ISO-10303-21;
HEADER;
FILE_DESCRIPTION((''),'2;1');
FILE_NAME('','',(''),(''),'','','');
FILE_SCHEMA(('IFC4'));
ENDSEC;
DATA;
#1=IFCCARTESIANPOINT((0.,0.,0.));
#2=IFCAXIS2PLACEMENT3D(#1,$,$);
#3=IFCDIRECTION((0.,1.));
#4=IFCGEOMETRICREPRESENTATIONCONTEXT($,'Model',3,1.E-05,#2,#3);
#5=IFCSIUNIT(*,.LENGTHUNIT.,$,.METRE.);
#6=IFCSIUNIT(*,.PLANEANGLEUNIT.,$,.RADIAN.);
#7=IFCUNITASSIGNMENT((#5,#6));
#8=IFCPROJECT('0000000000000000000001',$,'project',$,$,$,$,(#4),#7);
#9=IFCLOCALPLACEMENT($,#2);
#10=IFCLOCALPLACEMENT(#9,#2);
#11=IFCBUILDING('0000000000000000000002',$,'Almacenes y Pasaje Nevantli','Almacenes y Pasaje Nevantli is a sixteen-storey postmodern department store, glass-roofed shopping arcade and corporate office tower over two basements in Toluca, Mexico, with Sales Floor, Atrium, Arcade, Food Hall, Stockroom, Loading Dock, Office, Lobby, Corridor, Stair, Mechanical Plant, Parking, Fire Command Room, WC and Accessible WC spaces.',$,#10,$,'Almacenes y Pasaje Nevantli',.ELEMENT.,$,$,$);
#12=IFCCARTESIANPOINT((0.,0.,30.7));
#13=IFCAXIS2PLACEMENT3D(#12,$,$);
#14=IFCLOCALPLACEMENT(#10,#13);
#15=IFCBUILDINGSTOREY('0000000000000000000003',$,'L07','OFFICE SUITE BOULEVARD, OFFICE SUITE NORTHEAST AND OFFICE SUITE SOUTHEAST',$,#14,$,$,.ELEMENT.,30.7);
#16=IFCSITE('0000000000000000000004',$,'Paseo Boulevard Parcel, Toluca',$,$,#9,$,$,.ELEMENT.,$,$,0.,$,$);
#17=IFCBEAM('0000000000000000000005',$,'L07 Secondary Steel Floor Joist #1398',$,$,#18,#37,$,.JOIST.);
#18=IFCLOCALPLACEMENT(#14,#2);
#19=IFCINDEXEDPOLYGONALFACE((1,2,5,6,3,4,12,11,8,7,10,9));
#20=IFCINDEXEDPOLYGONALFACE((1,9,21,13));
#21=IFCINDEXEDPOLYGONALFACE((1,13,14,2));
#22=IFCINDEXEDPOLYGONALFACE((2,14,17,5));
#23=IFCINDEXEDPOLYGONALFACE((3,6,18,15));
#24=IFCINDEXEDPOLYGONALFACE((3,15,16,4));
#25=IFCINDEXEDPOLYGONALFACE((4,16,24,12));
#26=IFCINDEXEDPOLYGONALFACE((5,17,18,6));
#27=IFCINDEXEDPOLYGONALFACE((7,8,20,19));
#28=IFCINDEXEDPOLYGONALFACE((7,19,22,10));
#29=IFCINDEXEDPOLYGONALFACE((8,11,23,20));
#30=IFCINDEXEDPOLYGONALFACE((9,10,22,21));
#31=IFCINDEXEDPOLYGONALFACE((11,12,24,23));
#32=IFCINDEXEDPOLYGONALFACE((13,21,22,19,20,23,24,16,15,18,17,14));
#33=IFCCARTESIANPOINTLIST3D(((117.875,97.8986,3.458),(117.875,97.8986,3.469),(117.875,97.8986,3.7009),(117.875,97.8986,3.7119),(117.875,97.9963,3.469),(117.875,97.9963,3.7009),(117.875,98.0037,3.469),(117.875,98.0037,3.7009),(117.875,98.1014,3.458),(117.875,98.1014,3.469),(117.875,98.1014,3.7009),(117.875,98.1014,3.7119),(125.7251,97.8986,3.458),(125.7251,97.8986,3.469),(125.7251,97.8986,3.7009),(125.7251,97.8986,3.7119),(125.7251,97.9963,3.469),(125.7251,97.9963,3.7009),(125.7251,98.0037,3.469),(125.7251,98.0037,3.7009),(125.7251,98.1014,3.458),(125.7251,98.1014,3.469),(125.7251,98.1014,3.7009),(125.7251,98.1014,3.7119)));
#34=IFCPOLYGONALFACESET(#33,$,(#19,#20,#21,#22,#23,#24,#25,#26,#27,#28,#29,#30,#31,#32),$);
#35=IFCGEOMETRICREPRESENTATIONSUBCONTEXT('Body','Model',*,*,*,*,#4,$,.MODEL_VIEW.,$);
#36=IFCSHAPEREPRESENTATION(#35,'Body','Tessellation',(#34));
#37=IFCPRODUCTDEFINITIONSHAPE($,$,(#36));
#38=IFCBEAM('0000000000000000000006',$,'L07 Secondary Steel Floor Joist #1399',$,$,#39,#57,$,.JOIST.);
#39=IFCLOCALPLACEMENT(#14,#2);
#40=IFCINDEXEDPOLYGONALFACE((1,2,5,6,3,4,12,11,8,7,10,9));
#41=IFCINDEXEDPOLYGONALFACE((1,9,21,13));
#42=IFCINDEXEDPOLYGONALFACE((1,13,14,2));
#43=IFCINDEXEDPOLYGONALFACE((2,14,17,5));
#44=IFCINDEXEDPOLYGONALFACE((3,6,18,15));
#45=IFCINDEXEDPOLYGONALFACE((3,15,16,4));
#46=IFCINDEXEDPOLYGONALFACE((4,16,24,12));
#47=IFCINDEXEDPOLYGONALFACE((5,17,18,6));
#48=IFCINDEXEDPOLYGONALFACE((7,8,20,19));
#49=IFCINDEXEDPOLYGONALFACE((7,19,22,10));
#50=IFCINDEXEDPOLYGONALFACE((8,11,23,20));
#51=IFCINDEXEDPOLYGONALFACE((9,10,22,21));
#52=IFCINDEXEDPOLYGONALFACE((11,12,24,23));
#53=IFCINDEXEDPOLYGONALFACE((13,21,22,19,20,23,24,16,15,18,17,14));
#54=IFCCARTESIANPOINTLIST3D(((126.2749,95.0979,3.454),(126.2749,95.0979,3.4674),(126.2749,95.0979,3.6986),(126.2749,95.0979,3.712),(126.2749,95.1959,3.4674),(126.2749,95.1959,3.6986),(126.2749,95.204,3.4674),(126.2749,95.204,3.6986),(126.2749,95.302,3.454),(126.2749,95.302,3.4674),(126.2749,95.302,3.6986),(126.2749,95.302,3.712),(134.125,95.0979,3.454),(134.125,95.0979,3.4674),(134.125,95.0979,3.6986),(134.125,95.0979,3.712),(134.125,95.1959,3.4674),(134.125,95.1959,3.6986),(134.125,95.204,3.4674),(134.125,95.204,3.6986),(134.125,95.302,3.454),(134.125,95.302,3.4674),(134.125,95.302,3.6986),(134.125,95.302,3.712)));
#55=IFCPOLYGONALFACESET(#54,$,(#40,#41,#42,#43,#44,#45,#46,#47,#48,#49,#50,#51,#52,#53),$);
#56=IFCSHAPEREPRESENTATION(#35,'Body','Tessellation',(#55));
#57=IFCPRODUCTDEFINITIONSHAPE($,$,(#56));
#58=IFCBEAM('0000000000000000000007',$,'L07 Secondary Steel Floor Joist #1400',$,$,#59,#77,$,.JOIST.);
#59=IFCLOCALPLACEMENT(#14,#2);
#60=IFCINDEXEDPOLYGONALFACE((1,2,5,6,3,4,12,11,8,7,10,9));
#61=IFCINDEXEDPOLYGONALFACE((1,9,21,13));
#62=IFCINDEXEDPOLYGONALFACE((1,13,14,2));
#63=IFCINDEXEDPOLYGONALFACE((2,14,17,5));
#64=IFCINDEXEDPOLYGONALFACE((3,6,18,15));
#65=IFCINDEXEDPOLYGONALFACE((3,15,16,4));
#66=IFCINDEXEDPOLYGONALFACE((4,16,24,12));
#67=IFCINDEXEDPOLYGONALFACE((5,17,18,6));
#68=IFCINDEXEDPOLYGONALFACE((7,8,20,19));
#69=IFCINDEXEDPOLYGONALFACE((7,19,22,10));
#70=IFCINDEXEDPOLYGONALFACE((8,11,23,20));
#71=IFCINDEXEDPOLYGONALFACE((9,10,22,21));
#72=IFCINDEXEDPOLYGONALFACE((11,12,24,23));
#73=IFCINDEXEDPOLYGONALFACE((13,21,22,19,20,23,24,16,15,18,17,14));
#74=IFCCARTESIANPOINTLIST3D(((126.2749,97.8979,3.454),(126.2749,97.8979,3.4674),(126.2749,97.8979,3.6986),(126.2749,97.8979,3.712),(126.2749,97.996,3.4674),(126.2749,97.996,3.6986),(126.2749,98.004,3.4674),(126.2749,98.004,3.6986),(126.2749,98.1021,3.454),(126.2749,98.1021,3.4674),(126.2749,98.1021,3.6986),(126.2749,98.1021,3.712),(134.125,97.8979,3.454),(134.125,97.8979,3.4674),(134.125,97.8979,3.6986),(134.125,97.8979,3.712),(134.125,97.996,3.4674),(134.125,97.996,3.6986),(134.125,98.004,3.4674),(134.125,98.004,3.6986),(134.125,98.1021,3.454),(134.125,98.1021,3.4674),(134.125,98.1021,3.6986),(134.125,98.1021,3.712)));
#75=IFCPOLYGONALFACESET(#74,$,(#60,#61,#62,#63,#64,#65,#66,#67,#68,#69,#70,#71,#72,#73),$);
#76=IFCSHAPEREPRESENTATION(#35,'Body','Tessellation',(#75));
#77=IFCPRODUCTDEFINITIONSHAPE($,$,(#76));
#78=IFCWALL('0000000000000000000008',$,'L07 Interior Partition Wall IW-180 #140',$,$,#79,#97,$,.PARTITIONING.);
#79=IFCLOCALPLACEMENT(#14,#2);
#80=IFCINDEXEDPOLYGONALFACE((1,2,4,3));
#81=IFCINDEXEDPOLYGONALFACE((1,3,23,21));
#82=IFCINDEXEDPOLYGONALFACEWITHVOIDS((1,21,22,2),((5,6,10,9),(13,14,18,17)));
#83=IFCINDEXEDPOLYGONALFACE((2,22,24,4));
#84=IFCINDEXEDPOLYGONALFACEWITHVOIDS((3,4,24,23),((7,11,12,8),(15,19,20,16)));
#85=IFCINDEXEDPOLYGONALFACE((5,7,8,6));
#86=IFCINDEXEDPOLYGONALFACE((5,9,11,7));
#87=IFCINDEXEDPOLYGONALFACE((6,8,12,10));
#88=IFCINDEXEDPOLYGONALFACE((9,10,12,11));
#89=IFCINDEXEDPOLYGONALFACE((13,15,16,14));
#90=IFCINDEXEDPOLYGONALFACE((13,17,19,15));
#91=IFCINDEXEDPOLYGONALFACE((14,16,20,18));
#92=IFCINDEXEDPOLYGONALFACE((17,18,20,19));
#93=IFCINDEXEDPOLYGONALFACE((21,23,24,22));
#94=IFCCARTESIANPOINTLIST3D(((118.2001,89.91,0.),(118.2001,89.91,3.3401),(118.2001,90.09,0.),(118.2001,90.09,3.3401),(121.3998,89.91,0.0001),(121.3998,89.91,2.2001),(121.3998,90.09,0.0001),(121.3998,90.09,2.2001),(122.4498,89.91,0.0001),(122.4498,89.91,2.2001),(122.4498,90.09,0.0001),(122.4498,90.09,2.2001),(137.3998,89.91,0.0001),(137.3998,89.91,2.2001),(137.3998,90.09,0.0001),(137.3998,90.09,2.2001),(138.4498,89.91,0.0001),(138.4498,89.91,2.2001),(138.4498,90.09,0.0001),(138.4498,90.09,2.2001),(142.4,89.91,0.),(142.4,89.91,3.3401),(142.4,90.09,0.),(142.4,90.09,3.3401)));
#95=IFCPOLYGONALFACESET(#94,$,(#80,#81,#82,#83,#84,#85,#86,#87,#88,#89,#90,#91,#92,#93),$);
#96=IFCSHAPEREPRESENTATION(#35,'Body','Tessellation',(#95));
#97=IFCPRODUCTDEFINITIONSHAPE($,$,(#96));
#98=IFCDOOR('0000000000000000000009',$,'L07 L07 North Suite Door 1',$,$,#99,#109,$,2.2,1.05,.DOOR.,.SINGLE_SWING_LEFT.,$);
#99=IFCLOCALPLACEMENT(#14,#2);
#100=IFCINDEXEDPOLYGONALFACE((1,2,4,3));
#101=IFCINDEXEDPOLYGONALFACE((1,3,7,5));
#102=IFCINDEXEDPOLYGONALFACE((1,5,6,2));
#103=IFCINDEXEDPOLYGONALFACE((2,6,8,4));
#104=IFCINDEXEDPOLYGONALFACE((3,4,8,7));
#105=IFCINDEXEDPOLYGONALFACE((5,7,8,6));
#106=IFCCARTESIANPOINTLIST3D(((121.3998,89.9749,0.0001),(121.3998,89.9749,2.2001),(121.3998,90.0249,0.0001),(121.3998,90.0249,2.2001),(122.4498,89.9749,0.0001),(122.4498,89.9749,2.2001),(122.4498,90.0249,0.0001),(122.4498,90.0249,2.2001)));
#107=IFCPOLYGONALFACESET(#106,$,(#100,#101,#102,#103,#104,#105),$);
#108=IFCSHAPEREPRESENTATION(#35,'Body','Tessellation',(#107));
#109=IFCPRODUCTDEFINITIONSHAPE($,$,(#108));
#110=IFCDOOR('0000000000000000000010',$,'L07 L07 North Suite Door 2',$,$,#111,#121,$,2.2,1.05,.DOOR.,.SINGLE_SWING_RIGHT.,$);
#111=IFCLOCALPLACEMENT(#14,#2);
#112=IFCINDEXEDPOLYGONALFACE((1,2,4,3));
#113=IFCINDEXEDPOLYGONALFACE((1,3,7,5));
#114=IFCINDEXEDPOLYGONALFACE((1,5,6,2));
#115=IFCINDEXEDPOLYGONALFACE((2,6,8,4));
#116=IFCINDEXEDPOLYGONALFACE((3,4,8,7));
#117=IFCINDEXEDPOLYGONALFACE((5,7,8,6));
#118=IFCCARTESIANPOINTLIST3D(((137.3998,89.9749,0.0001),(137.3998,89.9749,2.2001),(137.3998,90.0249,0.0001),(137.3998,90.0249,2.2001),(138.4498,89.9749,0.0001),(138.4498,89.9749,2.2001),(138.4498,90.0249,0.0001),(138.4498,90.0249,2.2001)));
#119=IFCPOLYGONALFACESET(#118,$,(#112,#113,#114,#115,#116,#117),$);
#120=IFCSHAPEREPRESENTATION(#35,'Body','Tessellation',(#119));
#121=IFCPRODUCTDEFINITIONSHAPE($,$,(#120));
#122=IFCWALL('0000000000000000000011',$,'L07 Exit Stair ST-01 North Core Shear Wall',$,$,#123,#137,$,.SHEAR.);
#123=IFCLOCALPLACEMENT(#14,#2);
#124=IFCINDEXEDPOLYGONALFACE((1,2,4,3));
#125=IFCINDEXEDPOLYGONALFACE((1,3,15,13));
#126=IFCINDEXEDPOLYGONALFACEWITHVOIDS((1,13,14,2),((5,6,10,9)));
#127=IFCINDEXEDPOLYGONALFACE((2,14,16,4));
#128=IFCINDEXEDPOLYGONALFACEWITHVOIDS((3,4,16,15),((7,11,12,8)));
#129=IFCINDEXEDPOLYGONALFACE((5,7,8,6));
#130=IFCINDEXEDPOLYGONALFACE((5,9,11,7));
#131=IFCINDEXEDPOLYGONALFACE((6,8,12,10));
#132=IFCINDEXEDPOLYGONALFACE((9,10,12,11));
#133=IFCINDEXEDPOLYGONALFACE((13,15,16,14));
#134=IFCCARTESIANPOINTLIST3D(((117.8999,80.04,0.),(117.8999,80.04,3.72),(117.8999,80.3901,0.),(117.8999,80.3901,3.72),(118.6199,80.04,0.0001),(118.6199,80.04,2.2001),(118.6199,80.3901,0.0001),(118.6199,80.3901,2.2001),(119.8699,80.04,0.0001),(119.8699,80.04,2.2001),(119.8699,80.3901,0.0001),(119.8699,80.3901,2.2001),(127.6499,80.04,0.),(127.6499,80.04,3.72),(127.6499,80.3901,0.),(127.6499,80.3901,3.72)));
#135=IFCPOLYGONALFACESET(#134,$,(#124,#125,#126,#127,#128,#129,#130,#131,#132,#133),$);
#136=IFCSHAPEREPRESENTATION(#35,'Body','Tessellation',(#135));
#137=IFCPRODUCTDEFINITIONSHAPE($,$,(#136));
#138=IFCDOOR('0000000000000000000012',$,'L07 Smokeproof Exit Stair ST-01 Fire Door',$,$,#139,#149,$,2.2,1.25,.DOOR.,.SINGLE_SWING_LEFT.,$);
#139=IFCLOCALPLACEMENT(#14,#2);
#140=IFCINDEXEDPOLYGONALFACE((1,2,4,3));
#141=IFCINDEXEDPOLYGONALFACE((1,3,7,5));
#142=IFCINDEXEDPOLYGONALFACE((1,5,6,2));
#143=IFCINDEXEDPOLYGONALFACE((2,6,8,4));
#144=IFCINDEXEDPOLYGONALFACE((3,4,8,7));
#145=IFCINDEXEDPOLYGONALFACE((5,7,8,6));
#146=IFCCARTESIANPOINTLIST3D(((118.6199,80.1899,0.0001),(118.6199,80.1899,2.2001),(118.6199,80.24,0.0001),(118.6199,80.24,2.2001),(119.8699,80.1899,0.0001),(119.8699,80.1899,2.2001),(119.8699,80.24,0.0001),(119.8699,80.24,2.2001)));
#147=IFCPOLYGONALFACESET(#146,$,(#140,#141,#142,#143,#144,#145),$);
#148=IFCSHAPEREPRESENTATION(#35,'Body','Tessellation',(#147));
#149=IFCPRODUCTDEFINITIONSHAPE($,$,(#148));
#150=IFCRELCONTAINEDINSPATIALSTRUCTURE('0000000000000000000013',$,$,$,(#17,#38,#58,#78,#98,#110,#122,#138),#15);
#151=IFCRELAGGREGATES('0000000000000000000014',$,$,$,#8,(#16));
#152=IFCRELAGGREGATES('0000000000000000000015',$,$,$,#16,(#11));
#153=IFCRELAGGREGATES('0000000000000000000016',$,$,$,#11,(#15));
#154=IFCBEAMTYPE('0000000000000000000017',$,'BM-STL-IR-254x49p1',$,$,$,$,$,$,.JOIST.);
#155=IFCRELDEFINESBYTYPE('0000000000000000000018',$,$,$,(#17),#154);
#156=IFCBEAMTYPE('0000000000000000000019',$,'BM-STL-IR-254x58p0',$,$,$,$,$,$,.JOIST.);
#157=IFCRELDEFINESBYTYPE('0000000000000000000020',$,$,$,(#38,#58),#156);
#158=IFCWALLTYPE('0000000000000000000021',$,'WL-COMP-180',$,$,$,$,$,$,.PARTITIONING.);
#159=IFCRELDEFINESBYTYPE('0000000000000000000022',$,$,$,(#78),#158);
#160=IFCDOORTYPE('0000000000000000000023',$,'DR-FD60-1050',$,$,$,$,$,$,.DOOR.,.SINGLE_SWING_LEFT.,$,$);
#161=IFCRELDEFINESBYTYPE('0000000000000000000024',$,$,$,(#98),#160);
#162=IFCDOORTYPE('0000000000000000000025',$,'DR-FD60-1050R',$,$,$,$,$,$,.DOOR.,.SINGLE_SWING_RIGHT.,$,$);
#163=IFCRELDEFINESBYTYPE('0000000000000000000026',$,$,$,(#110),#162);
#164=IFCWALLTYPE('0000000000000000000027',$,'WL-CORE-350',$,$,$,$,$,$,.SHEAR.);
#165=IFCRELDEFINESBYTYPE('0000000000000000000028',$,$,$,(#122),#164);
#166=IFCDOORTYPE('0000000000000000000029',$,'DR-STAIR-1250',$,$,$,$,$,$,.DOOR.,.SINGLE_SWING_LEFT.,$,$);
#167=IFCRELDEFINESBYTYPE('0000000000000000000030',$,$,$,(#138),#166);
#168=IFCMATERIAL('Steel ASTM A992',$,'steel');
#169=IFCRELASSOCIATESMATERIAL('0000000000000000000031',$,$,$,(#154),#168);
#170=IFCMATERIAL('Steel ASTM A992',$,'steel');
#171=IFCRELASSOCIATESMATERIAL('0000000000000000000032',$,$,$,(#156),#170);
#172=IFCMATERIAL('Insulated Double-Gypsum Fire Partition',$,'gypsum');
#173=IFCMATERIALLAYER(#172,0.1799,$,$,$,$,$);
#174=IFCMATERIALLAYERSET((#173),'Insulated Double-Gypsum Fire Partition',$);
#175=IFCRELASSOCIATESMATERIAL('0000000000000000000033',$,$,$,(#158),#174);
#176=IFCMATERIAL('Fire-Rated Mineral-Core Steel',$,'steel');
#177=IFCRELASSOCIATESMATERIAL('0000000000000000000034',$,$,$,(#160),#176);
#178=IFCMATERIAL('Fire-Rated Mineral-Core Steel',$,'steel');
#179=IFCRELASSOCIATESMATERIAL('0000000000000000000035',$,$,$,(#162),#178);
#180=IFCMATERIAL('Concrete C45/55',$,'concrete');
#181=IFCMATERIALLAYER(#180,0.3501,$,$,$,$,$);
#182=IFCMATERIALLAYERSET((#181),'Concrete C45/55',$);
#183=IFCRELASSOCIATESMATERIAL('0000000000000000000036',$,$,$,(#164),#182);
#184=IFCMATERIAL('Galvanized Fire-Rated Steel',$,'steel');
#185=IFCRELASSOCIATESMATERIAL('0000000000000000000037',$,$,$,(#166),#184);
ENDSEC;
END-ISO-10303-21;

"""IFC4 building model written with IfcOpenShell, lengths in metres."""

from ifc_helpers import new_model, si_unit, direction, frame, frame_2d, origin, origin_2d, place, context, subcontext, project, spatial, rectangle, i_section, extrude, material, layer, layer_set, material_profile, profile_set, type_object, element, fill, save


model = new_model("IFC4")

# Units and contexts
model_context = context("Model", 3, precision=1e-05, world=origin(), true_north=direction((0.0, 1.0)))
body_context = subcontext(model_context, "Body", "Model", "MODEL_VIEW")
ifc_project = project(units=[si_unit("LENGTHUNIT", "METRE"), si_unit("PLANEANGLEUNIT", "RADIAN")], contexts=[model_context])

# Site, building, storey
site_placement = place(None, origin())
site = spatial("IfcSite", under=ifc_project, at=site_placement, Name="Paseo Boulevard Parcel, Toluca", CompositionType="ELEMENT", RefElevation=0.0)
building_placement = place(site_placement, origin())
building = spatial("IfcBuilding", under=site, at=building_placement, Name="Almacenes y Pasaje Nevantli", Description="Almacenes y Pasaje Nevantli is a sixteen-storey postmodern department store, glass-roofed shopping arcade and corporate office tower over two basements in Toluca, Mexico, with Sales Floor, Atrium, Arcade, Food Hall, Stockroom, Loading Dock, Office, Lobby, Corridor, Stair, Mechanical Plant, Parking, Fire Command Room, WC and Accessible WC spaces.", LongName="Almacenes y Pasaje Nevantli", CompositionType="ELEMENT")
storey_placement = place(building_placement, frame((0.0, 0.0, 30.7)))
storey = spatial("IfcBuildingStorey", under=building, at=storey_placement, Name="L07", Description="OFFICE SUITE BOULEVARD, OFFICE SUITE NORTHEAST AND OFFICE SUITE SOUTHEAST", CompositionType="ELEMENT", Elevation=30.7)

# Beams
ifc_material_1 = material(Name="Steel ASTM A992", Category="steel")
ifc_material_profile_1 = material_profile(ifc_material_1, i_section(OverallWidth=0.2029, OverallDepth=0.2539, WebThickness=0.0073, FlangeThickness=0.011, at=origin_2d()), Name="IR 254x49.1")
ifc_profile_set_1 = profile_set([ifc_material_profile_1], Name="Steel ASTM A992")
beam_type_1 = type_object("IfcBeamType", Name="BM-STL-IR-254x49p1", PredefinedType="JOIST", material=ifc_profile_set_1)
for number, where, z_axis, x_axis, name in (
    (1, (117.875, 98.0, 3.585), (1.0, 0.0, 0.0), (0.0, 1.0, 0.0), "L07 Secondary Steel Floor Joist #1398"),
):
    element("IfcBeam", number, at=place(storey_placement, frame(where, z_axis=z_axis, x_axis=x_axis)), inside=storey, type_object=beam_type_1, Name=name, PredefinedType="JOIST", context=body_context, shape_type="SweptSolid", body=[
        extrude(i_section(OverallWidth=0.2029, OverallDepth=0.2539, WebThickness=0.0073, FlangeThickness=0.011, at=origin_2d()), origin(), (0.0, 0.0, 1.0), 7.8501),
    ])
ifc_material_2 = material(Name="Steel ASTM A992", Category="steel")
ifc_material_profile_2 = material_profile(ifc_material_2, i_section(OverallWidth=0.2041, OverallDepth=0.2581, WebThickness=0.0081, FlangeThickness=0.0134, at=origin_2d()), Name="IR 254x58.0")
ifc_profile_set_2 = profile_set([ifc_material_profile_2], Name="Steel ASTM A992")
beam_type_2 = type_object("IfcBeamType", Name="BM-STL-IR-254x58p0", PredefinedType="JOIST", material=ifc_profile_set_2)
for number, where, z_axis, x_axis, name in (
    (2, (126.2749, 95.2, 3.583), (1.0, 0.0, 0.0), (0.0, 1.0, 0.0), "L07 Secondary Steel Floor Joist #1399"),
    (3, (126.2749, 98.0, 3.583), (1.0, 0.0, 0.0), (0.0, 1.0, 0.0), "L07 Secondary Steel Floor Joist #1400"),
):
    element("IfcBeam", number, at=place(storey_placement, frame(where, z_axis=z_axis, x_axis=x_axis)), inside=storey, type_object=beam_type_2, Name=name, PredefinedType="JOIST", context=body_context, shape_type="SweptSolid", body=[
        extrude(i_section(OverallWidth=0.2041, OverallDepth=0.2581, WebThickness=0.0081, FlangeThickness=0.0134, at=origin_2d()), origin(), (0.0, 0.0, 1.0), 7.8501),
    ])

# Wall, openings, doors
ifc_material_3 = material(Name="Insulated Double-Gypsum Fire Partition", Category="gypsum")
ifc_layer_1 = layer(ifc_material_3, 0.1799)
ifc_layer_set_1 = layer_set([ifc_layer_1], Name="Insulated Double-Gypsum Fire Partition")
wall_type_1 = type_object("IfcWallType", Name="WL-COMP-180", PredefinedType="PARTITIONING", material=ifc_layer_set_1)
wall_1_placement = place(storey_placement, frame((118.2, 90.0, 0.0), z_axis=(0.0, 0.0, 1.0), x_axis=(1.0, 0.0, 0.0)))
wall_1 = element("IfcWall", 4, at=wall_1_placement, inside=storey, type_object=wall_type_1, Name="L07 Interior Partition Wall IW-180 #140", PredefinedType="PARTITIONING", context=body_context, shape_type="SweptSolid", body=[
    extrude(rectangle(XDim=24.2, YDim=0.1799, at=frame_2d((12.1001, 0.0))), origin(), (0.0, 0.0, 1.0), 3.3401),
])
opening_1_placement = place(wall_1_placement, frame((3.2, 0.0, 0.0)))
opening_1 = element("IfcOpeningElement", 5, at=opening_1_placement, cuts=wall_1, PredefinedType="OPENING", context=body_context, shape_type="SweptSolid", body=[
    extrude(rectangle(XDim=1.05, YDim=2.2, at=frame_2d((0.5249, 1.1001))), frame((0.0, 0.0999, 0.0), z_axis=(0.0, -1.0, 0.0), x_axis=(1.0, 0.0, 0.0)), (0.0, 0.0, 1.0), 0.2),
])
opening_2_placement = place(wall_1_placement, frame((19.2, 0.0, 0.0)))
opening_2 = element("IfcOpeningElement", 6, at=opening_2_placement, cuts=wall_1, PredefinedType="OPENING", context=body_context, shape_type="SweptSolid", body=[
    extrude(rectangle(XDim=1.05, YDim=2.2, at=frame_2d((0.5249, 1.1001))), frame((0.0, 0.0999, 0.0), z_axis=(0.0, -1.0, 0.0), x_axis=(1.0, 0.0, 0.0)), (0.0, 0.0, 1.0), 0.2),
])
ifc_material_4 = material(Name="Fire-Rated Mineral-Core Steel", Category="steel")
door_type_1 = type_object("IfcDoorType", Name="DR-FD60-1050", OperationType="SINGLE_SWING_LEFT", PredefinedType="DOOR", material=ifc_material_4)
door_1_placement = place(opening_1_placement, origin())
door_1 = element("IfcDoor", 7, at=door_1_placement, inside=storey, type_object=door_type_1, Name="L07 L07 North Suite Door 1", OperationType="SINGLE_SWING_LEFT", OverallHeight=2.2, OverallWidth=1.05, PredefinedType="DOOR", context=body_context, shape_type="SweptSolid", body=[
    extrude(rectangle(XDim=1.05, YDim=2.2, at=frame_2d((0.5249, 1.1001))), frame((0.0, 0.0249, 0.0), z_axis=(0.0, -1.0, 0.0), x_axis=(1.0, 0.0, 0.0)), (0.0, 0.0, 1.0), 0.05),
])
fill(opening_1, door_1)
ifc_material_5 = material(Name="Fire-Rated Mineral-Core Steel", Category="steel")
door_type_2 = type_object("IfcDoorType", Name="DR-FD60-1050R", OperationType="SINGLE_SWING_RIGHT", PredefinedType="DOOR", material=ifc_material_5)
door_2_placement = place(opening_2_placement, origin())
door_2 = element("IfcDoor", 8, at=door_2_placement, inside=storey, type_object=door_type_2, Name="L07 L07 North Suite Door 2", OperationType="SINGLE_SWING_RIGHT", OverallHeight=2.2, OverallWidth=1.05, PredefinedType="DOOR", context=body_context, shape_type="SweptSolid", body=[
    extrude(rectangle(XDim=1.05, YDim=2.2, at=frame_2d((0.5249, 1.1001))), frame((0.0, 0.0249, 0.0), z_axis=(0.0, -1.0, 0.0), x_axis=(1.0, 0.0, 0.0)), (0.0, 0.0, 1.0), 0.05),
])
fill(opening_2, door_2)

# Wall, opening, door
ifc_material_6 = material(Name="Concrete C45/55", Category="concrete")
ifc_layer_2 = layer(ifc_material_6, 0.3501)
ifc_layer_set_2 = layer_set([ifc_layer_2], Name="Concrete C45/55")
wall_type_2 = type_object("IfcWallType", Name="WL-CORE-350", PredefinedType="SHEAR", material=ifc_layer_set_2)
wall_2_placement = place(storey_placement, frame((117.8999, 80.2151, 0.0), z_axis=(0.0, 0.0, 1.0), x_axis=(1.0, 0.0, 0.0)))
wall_2 = element("IfcWall", 9, at=wall_2_placement, inside=storey, type_object=wall_type_2, Name="L07 Exit Stair ST-01 North Core Shear Wall", PredefinedType="SHEAR", context=body_context, shape_type="SweptSolid", body=[
    extrude(rectangle(XDim=9.75, YDim=0.3501, at=frame_2d((4.875, 0.0))), origin(), (0.0, 0.0, 1.0), 3.72),
])
opening_3_placement = place(wall_2_placement, frame((0.72, 0.0, 0.0)))
opening_3 = element("IfcOpeningElement", 10, at=opening_3_placement, cuts=wall_2, PredefinedType="OPENING", context=body_context, shape_type="SweptSolid", body=[
    extrude(rectangle(XDim=1.25, YDim=2.2, at=frame_2d((0.625, 1.1001))), frame((0.0, 0.1851, 0.0), z_axis=(0.0, -1.0, 0.0), x_axis=(1.0, 0.0, 0.0)), (0.0, 0.0, 1.0), 0.3701),
])
ifc_material_7 = material(Name="Galvanized Fire-Rated Steel", Category="steel")
door_type_3 = type_object("IfcDoorType", Name="DR-STAIR-1250", OperationType="SINGLE_SWING_LEFT", PredefinedType="DOOR", material=ifc_material_7)
door_3_placement = place(opening_3_placement, origin())
door_3 = element("IfcDoor", 11, at=door_3_placement, inside=storey, type_object=door_type_3, Name="L07 Smokeproof Exit Stair ST-01 Fire Door", OperationType="SINGLE_SWING_LEFT", OverallHeight=2.2, OverallWidth=1.25, PredefinedType="DOOR", context=body_context, shape_type="SweptSolid", body=[
    extrude(rectangle(XDim=1.25, YDim=2.2, at=frame_2d((0.625, 1.1001))), frame((0.0, 0.0249, 0.0), z_axis=(0.0, -1.0, 0.0), x_axis=(1.0, 0.0, 0.0)), (0.0, 0.0, 1.0), 0.05),
])
fill(opening_3, door_3)

save(model, "model.ifc")
